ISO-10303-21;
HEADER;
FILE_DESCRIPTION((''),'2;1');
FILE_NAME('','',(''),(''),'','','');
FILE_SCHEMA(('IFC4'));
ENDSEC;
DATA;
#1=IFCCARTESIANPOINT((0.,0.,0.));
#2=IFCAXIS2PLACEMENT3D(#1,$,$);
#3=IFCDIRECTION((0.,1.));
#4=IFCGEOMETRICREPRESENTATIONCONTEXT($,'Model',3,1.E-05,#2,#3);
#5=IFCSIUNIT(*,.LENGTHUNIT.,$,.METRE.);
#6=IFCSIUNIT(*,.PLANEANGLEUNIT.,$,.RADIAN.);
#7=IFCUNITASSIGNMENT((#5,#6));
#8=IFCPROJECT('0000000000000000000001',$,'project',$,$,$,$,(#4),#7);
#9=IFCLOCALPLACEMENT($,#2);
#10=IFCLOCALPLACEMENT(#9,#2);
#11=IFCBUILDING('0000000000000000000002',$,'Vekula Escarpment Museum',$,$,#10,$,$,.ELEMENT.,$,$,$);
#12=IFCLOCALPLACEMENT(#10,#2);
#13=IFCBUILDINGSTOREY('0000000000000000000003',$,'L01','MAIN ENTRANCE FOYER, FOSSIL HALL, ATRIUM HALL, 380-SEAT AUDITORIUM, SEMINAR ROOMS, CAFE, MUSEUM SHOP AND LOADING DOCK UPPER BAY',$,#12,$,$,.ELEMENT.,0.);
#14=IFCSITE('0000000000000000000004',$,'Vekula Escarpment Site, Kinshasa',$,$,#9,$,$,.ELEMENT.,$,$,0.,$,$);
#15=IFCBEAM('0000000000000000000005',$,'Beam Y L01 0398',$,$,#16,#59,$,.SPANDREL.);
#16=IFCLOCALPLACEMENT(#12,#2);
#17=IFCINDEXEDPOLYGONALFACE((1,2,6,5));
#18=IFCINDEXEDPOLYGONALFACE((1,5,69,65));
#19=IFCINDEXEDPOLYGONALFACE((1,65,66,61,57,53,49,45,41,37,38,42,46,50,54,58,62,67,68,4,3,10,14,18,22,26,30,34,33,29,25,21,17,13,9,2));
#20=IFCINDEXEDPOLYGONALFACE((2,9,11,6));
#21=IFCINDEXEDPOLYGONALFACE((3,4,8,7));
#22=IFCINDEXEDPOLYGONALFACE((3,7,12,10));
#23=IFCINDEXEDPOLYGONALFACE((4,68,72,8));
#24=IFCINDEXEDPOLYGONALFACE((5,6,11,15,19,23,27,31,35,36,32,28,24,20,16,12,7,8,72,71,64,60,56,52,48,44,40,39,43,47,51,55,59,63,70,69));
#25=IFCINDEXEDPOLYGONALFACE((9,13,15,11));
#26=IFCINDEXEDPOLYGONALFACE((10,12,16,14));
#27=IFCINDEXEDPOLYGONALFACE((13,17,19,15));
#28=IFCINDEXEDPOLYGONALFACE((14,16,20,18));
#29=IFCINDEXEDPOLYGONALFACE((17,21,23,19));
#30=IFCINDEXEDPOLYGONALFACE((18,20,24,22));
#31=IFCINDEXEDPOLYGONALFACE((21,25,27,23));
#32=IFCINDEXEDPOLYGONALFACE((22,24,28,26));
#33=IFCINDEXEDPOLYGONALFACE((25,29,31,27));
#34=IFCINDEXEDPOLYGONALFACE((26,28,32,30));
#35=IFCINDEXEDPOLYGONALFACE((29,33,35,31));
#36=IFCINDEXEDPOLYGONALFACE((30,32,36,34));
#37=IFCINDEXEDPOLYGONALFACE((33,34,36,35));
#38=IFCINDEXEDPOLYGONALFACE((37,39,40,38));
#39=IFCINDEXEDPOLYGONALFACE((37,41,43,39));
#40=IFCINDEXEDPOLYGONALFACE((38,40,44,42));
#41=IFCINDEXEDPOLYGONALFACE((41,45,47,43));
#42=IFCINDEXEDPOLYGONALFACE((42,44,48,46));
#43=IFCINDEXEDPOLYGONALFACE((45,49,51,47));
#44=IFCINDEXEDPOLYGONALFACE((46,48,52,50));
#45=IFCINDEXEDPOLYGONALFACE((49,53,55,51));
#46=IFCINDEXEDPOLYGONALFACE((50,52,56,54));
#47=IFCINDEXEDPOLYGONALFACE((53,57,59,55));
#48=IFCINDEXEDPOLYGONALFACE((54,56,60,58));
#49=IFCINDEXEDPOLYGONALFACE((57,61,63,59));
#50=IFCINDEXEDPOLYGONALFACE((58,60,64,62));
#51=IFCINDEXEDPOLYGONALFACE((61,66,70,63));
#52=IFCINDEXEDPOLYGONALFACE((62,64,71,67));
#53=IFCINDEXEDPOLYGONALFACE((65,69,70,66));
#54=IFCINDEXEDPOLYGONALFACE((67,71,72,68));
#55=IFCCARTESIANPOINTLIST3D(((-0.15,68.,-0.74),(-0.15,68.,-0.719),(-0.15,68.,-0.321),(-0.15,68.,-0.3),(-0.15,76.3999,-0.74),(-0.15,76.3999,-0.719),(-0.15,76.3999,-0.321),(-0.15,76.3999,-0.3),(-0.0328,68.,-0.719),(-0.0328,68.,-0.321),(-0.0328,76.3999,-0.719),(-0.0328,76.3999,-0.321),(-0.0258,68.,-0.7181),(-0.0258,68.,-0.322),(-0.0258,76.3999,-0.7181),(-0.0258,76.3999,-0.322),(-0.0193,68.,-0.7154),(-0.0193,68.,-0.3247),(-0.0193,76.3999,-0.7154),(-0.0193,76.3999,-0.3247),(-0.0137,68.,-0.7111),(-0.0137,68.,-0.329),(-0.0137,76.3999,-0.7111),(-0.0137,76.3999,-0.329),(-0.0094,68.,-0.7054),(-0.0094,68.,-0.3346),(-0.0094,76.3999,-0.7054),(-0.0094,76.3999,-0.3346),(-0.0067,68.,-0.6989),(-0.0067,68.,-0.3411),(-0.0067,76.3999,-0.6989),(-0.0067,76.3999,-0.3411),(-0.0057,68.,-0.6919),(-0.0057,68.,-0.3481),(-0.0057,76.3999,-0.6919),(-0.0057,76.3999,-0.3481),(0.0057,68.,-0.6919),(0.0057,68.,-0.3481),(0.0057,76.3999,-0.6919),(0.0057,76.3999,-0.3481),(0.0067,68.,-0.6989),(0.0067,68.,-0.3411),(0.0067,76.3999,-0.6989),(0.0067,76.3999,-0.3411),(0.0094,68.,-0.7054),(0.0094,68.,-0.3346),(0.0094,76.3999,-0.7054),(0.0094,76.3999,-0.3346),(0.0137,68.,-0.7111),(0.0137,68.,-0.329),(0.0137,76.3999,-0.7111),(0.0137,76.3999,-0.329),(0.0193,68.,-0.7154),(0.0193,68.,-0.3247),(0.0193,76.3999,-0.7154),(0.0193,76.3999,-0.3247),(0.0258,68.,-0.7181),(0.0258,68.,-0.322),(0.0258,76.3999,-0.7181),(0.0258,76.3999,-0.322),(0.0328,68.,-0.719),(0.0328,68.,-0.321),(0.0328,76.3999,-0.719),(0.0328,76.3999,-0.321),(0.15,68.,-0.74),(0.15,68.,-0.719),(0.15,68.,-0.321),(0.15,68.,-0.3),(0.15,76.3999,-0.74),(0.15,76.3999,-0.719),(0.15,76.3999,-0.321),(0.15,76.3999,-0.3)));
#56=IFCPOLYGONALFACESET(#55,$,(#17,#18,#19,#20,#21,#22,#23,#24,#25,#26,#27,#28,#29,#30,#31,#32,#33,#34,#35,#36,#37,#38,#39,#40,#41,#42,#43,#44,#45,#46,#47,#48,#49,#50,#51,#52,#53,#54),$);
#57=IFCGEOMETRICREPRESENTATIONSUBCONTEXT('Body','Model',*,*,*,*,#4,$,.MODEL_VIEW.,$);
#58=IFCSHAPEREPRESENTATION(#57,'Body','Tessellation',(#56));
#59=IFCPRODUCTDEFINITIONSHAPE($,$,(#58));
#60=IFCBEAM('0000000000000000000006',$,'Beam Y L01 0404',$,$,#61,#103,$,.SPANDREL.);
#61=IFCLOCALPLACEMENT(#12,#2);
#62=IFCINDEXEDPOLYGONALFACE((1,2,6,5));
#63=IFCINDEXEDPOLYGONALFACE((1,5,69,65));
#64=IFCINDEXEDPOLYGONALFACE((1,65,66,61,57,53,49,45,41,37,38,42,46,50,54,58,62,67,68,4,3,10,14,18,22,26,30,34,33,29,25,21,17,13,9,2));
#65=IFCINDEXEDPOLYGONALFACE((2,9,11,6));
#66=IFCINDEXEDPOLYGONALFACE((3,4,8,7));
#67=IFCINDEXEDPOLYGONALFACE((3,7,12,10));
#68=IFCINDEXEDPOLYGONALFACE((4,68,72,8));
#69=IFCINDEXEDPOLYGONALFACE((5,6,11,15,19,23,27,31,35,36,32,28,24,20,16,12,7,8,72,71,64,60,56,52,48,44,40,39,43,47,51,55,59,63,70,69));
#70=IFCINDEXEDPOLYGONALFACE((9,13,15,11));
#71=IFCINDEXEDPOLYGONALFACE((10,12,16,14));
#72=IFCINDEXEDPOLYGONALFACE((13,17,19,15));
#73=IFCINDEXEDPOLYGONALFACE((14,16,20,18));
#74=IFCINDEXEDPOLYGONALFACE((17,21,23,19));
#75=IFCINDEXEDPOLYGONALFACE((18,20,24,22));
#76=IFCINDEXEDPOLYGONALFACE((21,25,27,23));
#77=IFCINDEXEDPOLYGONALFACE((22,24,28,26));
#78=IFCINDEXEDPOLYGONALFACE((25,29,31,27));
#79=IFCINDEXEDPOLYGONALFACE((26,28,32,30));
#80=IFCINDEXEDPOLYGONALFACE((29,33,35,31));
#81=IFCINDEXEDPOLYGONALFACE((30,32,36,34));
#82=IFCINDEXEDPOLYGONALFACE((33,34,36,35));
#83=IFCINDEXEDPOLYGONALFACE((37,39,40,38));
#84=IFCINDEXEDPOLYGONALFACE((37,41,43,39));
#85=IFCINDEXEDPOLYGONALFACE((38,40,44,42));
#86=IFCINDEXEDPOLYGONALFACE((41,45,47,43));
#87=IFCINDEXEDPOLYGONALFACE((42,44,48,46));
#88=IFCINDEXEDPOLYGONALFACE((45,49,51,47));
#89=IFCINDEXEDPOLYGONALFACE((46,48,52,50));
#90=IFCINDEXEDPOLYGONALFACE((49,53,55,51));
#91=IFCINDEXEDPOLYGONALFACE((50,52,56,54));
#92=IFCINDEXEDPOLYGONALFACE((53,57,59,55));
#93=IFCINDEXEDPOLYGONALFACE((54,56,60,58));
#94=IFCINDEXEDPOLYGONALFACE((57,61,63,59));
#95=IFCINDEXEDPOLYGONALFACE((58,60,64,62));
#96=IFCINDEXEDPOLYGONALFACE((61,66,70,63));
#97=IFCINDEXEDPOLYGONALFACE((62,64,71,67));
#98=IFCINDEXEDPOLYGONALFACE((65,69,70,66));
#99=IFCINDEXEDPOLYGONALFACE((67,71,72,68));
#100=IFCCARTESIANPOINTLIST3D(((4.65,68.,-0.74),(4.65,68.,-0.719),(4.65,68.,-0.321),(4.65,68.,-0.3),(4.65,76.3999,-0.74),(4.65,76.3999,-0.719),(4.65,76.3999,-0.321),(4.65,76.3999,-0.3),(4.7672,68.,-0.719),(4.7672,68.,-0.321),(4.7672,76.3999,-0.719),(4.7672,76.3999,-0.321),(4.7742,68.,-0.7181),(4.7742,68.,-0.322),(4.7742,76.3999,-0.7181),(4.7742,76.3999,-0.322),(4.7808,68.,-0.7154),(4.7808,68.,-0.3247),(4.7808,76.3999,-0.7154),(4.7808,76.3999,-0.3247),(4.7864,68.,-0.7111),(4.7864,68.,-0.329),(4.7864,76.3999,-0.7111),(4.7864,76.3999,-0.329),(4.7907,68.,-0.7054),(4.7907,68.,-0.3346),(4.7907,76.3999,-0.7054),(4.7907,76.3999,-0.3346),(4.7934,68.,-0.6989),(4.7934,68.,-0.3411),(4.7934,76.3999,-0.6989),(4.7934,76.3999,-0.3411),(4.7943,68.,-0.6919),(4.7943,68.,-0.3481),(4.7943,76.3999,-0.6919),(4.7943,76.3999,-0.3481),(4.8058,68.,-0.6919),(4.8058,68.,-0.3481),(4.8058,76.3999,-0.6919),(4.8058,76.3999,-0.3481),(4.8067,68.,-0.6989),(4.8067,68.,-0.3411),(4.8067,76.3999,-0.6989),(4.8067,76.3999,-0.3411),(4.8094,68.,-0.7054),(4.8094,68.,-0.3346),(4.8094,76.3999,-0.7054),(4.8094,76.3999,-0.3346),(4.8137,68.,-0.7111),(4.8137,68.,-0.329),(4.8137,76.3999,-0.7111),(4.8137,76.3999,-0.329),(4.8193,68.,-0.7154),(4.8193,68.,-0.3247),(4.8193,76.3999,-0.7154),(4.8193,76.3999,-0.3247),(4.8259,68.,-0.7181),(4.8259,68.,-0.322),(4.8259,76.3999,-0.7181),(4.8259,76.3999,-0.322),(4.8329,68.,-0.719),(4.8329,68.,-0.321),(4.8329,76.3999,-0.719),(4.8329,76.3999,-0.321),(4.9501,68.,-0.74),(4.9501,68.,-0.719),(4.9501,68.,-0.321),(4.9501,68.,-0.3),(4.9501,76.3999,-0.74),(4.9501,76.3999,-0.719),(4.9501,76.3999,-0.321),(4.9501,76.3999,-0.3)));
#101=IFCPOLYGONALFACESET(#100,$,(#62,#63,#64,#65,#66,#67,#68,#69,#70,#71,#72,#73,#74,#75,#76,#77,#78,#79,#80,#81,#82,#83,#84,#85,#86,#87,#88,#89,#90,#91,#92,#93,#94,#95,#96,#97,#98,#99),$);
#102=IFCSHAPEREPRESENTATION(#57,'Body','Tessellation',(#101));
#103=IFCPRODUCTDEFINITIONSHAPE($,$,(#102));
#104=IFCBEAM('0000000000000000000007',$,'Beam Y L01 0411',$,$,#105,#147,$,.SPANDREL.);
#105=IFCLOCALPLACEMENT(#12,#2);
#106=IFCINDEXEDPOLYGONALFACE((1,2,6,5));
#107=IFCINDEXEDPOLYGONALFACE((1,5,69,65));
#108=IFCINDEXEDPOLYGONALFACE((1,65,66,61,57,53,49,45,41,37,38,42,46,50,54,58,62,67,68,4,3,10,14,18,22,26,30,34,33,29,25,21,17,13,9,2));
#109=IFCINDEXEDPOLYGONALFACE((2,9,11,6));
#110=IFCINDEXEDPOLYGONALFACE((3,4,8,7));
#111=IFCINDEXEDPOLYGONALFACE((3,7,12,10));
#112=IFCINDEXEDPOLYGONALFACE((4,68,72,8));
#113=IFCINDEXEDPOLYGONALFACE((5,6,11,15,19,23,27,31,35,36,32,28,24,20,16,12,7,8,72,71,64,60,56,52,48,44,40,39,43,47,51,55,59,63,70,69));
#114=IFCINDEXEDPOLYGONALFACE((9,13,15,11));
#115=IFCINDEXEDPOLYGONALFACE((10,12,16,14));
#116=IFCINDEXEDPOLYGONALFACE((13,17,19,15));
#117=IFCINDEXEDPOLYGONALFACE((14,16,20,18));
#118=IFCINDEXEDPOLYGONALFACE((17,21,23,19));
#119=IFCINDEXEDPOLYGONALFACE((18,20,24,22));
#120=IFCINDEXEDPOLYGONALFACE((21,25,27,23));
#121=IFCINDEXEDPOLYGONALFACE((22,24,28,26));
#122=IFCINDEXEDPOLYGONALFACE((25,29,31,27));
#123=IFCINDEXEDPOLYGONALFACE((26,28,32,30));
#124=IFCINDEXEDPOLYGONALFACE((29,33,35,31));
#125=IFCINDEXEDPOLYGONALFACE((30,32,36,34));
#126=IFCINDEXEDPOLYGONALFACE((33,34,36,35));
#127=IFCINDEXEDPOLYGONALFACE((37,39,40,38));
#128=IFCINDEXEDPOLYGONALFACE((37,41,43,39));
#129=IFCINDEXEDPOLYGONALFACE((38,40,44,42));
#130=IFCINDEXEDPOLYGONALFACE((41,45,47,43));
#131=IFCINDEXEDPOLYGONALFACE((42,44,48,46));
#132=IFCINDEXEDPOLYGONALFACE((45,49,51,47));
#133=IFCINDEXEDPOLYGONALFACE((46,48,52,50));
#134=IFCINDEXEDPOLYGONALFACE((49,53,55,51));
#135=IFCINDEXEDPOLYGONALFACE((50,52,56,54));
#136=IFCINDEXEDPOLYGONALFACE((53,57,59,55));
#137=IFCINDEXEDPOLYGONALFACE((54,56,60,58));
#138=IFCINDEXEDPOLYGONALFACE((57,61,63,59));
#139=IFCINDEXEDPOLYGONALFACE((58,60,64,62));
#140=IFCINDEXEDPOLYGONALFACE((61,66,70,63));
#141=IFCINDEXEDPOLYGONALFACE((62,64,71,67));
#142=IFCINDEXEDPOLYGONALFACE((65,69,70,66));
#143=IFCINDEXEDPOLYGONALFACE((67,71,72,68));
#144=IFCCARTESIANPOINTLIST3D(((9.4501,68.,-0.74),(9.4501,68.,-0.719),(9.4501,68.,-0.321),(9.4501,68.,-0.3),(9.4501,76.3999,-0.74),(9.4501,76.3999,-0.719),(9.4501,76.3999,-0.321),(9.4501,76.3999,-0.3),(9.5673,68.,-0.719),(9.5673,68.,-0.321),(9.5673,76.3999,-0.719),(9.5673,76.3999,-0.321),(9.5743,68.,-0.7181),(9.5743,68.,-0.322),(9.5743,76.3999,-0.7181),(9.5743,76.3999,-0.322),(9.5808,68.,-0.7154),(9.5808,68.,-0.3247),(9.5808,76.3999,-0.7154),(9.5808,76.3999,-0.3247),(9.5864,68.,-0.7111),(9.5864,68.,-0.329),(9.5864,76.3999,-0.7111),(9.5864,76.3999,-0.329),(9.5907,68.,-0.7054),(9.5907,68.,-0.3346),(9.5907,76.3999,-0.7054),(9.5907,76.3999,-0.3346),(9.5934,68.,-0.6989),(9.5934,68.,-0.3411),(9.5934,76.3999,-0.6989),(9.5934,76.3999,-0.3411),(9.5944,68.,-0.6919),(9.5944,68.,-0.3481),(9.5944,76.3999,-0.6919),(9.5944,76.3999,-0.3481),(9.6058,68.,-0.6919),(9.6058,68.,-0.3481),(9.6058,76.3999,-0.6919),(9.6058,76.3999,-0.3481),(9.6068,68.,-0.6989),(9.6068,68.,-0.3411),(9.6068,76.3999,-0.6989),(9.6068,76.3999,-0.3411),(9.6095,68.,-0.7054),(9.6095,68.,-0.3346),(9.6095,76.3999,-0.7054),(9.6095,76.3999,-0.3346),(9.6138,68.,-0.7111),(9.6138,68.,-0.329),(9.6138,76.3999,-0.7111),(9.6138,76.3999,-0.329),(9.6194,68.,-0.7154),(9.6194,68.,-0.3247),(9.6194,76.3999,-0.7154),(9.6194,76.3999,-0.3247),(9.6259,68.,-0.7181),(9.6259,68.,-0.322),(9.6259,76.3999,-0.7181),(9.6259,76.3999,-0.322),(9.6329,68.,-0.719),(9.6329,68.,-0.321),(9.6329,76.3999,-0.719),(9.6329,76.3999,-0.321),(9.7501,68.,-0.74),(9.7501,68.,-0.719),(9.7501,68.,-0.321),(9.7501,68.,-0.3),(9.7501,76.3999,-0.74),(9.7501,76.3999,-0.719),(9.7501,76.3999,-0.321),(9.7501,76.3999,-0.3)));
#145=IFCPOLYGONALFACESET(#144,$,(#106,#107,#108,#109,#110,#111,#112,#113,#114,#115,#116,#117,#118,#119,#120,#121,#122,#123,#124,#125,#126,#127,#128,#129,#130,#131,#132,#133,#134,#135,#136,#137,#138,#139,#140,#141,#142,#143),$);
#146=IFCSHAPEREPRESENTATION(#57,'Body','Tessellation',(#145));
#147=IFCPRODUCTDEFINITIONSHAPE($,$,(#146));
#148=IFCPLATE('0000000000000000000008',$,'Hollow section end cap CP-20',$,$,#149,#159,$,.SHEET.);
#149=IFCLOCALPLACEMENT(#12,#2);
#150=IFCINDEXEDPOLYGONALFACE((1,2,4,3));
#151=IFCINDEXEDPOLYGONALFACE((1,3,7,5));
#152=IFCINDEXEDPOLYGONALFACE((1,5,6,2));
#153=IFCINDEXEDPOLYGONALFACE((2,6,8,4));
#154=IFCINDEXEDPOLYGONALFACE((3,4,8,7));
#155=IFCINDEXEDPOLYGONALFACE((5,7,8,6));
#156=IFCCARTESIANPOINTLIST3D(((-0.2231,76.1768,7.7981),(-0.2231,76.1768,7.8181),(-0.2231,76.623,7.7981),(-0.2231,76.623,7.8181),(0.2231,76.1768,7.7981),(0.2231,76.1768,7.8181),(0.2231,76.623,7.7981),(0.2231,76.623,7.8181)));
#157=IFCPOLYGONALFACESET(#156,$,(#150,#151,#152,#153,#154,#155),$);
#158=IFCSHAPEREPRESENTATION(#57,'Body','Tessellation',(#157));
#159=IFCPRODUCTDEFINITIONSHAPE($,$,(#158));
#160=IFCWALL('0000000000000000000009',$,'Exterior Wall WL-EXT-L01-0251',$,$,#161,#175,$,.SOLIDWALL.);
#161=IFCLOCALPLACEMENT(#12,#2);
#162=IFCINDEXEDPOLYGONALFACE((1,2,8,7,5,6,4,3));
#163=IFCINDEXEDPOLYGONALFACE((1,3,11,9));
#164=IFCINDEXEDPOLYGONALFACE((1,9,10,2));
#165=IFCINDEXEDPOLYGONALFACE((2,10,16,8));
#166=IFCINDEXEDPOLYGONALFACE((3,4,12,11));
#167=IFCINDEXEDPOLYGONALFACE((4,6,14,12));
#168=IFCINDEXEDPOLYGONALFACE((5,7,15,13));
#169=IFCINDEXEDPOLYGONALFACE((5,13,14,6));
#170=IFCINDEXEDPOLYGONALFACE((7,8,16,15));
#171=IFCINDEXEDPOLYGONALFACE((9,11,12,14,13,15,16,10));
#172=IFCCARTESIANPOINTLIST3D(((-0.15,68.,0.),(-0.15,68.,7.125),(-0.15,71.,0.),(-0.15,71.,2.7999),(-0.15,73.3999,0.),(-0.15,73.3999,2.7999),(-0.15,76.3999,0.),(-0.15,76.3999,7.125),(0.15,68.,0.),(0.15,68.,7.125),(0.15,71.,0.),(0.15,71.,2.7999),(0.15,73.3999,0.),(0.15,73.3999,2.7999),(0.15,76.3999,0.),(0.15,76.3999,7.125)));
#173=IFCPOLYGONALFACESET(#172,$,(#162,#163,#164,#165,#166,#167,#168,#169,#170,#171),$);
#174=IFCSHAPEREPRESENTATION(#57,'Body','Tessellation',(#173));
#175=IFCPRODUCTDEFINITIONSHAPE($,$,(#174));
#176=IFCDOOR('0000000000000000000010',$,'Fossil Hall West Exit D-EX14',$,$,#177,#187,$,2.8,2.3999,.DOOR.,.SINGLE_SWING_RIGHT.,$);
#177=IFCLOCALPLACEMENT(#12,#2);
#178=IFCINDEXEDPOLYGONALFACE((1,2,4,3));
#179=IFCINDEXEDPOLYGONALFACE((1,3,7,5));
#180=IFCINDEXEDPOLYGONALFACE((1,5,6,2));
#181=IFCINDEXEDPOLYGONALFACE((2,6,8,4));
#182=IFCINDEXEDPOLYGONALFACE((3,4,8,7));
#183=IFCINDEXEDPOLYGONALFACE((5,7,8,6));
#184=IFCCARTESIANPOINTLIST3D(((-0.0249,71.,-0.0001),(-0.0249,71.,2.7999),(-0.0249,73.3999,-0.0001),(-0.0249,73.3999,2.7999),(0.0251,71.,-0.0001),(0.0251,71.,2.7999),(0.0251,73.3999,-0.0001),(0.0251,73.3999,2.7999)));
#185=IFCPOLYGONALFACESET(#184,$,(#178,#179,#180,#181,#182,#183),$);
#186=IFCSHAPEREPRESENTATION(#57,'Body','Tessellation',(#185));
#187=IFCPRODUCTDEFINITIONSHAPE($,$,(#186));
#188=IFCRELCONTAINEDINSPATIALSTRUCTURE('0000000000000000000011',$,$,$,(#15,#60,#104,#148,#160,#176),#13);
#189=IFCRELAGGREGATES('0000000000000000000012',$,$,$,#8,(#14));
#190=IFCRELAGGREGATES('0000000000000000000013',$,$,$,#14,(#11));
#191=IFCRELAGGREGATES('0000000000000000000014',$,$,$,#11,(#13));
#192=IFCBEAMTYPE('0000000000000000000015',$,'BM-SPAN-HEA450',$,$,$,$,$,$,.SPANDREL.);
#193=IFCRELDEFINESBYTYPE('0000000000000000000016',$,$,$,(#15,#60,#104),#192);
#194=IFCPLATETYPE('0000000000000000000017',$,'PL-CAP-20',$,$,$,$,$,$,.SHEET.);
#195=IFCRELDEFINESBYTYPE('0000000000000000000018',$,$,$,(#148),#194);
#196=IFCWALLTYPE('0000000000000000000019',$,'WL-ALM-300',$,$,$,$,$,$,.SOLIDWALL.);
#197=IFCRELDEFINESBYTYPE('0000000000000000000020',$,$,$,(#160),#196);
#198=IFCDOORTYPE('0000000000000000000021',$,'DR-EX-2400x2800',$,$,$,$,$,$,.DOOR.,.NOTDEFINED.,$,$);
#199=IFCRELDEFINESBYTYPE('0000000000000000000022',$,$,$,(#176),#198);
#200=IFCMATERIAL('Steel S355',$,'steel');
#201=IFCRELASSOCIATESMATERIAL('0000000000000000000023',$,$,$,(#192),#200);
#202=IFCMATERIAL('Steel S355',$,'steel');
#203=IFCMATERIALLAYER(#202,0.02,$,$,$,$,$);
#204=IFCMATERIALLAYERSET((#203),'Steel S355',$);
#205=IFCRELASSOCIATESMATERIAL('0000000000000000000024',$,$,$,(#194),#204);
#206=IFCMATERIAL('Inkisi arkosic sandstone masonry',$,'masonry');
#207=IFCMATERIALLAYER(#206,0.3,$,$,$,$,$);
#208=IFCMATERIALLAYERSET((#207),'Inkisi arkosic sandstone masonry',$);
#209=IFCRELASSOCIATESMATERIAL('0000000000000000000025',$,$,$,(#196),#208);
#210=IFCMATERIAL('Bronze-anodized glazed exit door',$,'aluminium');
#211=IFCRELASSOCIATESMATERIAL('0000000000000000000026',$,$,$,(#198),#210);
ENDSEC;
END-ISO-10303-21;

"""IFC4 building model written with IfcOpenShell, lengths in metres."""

from ifc_helpers import new_model, si_unit, direction, frame, frame_2d, origin, origin_2d, place, context, subcontext, project, spatial, rectangle, i_section, extrude, material, layer, layer_set, material_profile, profile_set, type_object, element, fill, save


model = new_model("IFC4")

# Units and contexts
model_context = context("Model", 3, precision=1e-05, world=origin(), true_north=direction((0.0, 1.0)))
body_context = subcontext(model_context, "Body", "Model", "MODEL_VIEW")
ifc_project = project(units=[si_unit("LENGTHUNIT", "METRE"), si_unit("PLANEANGLEUNIT", "RADIAN")], contexts=[model_context])

# Site, building, storey
site_placement = place(None, origin())
site = spatial("IfcSite", under=ifc_project, at=site_placement, Name="Vekula Escarpment Site, Kinshasa", CompositionType="ELEMENT", RefElevation=0.0)
building_placement = place(site_placement, origin())
building = spatial("IfcBuilding", under=site, at=building_placement, Name="Vekula Escarpment Museum", CompositionType="ELEMENT")
storey_placement = place(building_placement, origin())
storey = spatial("IfcBuildingStorey", under=building, at=storey_placement, Name="L01", Description="MAIN ENTRANCE FOYER, FOSSIL HALL, ATRIUM HALL, 380-SEAT AUDITORIUM, SEMINAR ROOMS, CAFE, MUSEUM SHOP AND LOADING DOCK UPPER BAY", CompositionType="ELEMENT", Elevation=0.0)

# Beams
ifc_material_1 = material(Name="Steel S355", Category="steel")
ifc_material_profile_1 = material_profile(ifc_material_1, i_section(OverallWidth=0.3, OverallDepth=0.4399, WebThickness=0.0115, FlangeThickness=0.021, FilletRadius=0.0271, at=origin_2d()), Name="HEA 450")
ifc_profile_set_1 = profile_set([ifc_material_profile_1], Name="Steel S355")
beam_type_1 = type_object("IfcBeamType", Name="BM-SPAN-HEA450", PredefinedType="SPANDREL", material=ifc_profile_set_1)
for number, where, z_axis, x_axis, name in (
    (1, (0.0, 68.0, -0.52), (0.0, 1.0, 0.0), (-1.0, 0.0, 0.0), "Beam Y L01 0398"),
    (2, (4.8, 68.0, -0.52), (0.0, 1.0, 0.0), (-1.0, 0.0, 0.0), "Beam Y L01 0404"),
    (3, (9.6001, 68.0, -0.52), (0.0, 1.0, 0.0), (-1.0, 0.0, 0.0), "Beam Y L01 0411"),
):
    element("IfcBeam", number, at=place(storey_placement, frame(where, z_axis=z_axis, x_axis=x_axis)), inside=storey, type_object=beam_type_1, Name=name, PredefinedType="SPANDREL", context=body_context, shape_type="SweptSolid", body=[
        extrude(i_section(OverallWidth=0.3, OverallDepth=0.4399, WebThickness=0.0115, FlangeThickness=0.021, FilletRadius=0.0271, at=origin_2d()), origin(), (0.0, 0.0, 1.0), 8.3999),
    ])

# Plate
ifc_material_2 = material(Name="Steel S355", Category="steel")
ifc_layer_1 = layer(ifc_material_2, 0.02)
ifc_layer_set_1 = layer_set([ifc_layer_1], Name="Steel S355")
plate_type = type_object("IfcPlateType", Name="PL-CAP-20", PredefinedType="SHEET", material=ifc_layer_set_1)
plate_placement = place(storey_placement, frame((0.0, 76.3999, 7.7981), z_axis=(0.0, 0.0, 1.0), x_axis=(1.0, 0.0, 0.0)))
element("IfcPlate", 4, at=plate_placement, inside=storey, type_object=plate_type, Name="Hollow section end cap CP-20", PredefinedType="SHEET", context=body_context, shape_type="SweptSolid", body=[
    extrude(rectangle(XDim=0.4463, YDim=0.4463, at=origin_2d()), origin(), (0.0, 0.0, 1.0), 0.02),
])

# Wall, opening, door
ifc_material_3 = material(Name="Inkisi arkosic sandstone masonry", Category="masonry")
ifc_layer_2 = layer(ifc_material_3, 0.3)
ifc_layer_set_2 = layer_set([ifc_layer_2], Name="Inkisi arkosic sandstone masonry")
wall_type_1 = type_object("IfcWallType", Name="WL-ALM-300", PredefinedType="SOLIDWALL", material=ifc_layer_set_2)
wall_1_placement = place(storey_placement, frame((0.0, 68.0, 0.0), z_axis=(0.0, 0.0, 1.0), x_axis=(0.0, 1.0, 0.0)))
wall_1 = element("IfcWall", 5, at=wall_1_placement, inside=storey, type_object=wall_type_1, Name="Exterior Wall WL-EXT-L01-0251", PredefinedType="SOLIDWALL", context=body_context, shape_type="SweptSolid", body=[
    extrude(rectangle(XDim=8.3999, YDim=0.3, at=frame_2d((4.2, 0.0))), origin(), (0.0, 0.0, 1.0), 7.125),
])
opening_1_placement = place(wall_1_placement, frame((3.0, 0.0, 0.0)))
opening_1 = element("IfcOpeningElement", 6, at=opening_1_placement, cuts=wall_1, PredefinedType="OPENING", context=body_context, shape_type="SweptSolid", body=[
    extrude(rectangle(XDim=2.3999, YDim=2.8, at=frame_2d((1.2, 1.3999))), frame((0.0, 0.1599, 0.0), z_axis=(0.0, -1.0, 0.0), x_axis=(1.0, 0.0, 0.0)), (0.0, 0.0, 1.0), 0.3201),
])
ifc_material_4 = material(Name="Bronze-anodized glazed exit door", Category="aluminium")
door_type_1 = type_object("IfcDoorType", Name="DR-EX-2400x2800", OperationType="NOTDEFINED", PredefinedType="DOOR", material=ifc_material_4)
door_1_placement = place(opening_1_placement, origin())
door_1 = element("IfcDoor", 7, at=door_1_placement, inside=storey, type_object=door_type_1, Name="Fossil Hall West Exit D-EX14", OperationType="SINGLE_SWING_RIGHT", OverallHeight=2.8, OverallWidth=2.3999, PredefinedType="DOOR", context=body_context, shape_type="SweptSolid", body=[
    extrude(rectangle(XDim=2.3999, YDim=2.8, at=frame_2d((1.2, 1.3999))), frame((0.0, 0.0249, 0.0), z_axis=(0.0, -1.0, 0.0), x_axis=(1.0, 0.0, 0.0)), (0.0, 0.0, 1.0), 0.05),
])
fill(opening_1, door_1)

save(model, "model.ifc")
